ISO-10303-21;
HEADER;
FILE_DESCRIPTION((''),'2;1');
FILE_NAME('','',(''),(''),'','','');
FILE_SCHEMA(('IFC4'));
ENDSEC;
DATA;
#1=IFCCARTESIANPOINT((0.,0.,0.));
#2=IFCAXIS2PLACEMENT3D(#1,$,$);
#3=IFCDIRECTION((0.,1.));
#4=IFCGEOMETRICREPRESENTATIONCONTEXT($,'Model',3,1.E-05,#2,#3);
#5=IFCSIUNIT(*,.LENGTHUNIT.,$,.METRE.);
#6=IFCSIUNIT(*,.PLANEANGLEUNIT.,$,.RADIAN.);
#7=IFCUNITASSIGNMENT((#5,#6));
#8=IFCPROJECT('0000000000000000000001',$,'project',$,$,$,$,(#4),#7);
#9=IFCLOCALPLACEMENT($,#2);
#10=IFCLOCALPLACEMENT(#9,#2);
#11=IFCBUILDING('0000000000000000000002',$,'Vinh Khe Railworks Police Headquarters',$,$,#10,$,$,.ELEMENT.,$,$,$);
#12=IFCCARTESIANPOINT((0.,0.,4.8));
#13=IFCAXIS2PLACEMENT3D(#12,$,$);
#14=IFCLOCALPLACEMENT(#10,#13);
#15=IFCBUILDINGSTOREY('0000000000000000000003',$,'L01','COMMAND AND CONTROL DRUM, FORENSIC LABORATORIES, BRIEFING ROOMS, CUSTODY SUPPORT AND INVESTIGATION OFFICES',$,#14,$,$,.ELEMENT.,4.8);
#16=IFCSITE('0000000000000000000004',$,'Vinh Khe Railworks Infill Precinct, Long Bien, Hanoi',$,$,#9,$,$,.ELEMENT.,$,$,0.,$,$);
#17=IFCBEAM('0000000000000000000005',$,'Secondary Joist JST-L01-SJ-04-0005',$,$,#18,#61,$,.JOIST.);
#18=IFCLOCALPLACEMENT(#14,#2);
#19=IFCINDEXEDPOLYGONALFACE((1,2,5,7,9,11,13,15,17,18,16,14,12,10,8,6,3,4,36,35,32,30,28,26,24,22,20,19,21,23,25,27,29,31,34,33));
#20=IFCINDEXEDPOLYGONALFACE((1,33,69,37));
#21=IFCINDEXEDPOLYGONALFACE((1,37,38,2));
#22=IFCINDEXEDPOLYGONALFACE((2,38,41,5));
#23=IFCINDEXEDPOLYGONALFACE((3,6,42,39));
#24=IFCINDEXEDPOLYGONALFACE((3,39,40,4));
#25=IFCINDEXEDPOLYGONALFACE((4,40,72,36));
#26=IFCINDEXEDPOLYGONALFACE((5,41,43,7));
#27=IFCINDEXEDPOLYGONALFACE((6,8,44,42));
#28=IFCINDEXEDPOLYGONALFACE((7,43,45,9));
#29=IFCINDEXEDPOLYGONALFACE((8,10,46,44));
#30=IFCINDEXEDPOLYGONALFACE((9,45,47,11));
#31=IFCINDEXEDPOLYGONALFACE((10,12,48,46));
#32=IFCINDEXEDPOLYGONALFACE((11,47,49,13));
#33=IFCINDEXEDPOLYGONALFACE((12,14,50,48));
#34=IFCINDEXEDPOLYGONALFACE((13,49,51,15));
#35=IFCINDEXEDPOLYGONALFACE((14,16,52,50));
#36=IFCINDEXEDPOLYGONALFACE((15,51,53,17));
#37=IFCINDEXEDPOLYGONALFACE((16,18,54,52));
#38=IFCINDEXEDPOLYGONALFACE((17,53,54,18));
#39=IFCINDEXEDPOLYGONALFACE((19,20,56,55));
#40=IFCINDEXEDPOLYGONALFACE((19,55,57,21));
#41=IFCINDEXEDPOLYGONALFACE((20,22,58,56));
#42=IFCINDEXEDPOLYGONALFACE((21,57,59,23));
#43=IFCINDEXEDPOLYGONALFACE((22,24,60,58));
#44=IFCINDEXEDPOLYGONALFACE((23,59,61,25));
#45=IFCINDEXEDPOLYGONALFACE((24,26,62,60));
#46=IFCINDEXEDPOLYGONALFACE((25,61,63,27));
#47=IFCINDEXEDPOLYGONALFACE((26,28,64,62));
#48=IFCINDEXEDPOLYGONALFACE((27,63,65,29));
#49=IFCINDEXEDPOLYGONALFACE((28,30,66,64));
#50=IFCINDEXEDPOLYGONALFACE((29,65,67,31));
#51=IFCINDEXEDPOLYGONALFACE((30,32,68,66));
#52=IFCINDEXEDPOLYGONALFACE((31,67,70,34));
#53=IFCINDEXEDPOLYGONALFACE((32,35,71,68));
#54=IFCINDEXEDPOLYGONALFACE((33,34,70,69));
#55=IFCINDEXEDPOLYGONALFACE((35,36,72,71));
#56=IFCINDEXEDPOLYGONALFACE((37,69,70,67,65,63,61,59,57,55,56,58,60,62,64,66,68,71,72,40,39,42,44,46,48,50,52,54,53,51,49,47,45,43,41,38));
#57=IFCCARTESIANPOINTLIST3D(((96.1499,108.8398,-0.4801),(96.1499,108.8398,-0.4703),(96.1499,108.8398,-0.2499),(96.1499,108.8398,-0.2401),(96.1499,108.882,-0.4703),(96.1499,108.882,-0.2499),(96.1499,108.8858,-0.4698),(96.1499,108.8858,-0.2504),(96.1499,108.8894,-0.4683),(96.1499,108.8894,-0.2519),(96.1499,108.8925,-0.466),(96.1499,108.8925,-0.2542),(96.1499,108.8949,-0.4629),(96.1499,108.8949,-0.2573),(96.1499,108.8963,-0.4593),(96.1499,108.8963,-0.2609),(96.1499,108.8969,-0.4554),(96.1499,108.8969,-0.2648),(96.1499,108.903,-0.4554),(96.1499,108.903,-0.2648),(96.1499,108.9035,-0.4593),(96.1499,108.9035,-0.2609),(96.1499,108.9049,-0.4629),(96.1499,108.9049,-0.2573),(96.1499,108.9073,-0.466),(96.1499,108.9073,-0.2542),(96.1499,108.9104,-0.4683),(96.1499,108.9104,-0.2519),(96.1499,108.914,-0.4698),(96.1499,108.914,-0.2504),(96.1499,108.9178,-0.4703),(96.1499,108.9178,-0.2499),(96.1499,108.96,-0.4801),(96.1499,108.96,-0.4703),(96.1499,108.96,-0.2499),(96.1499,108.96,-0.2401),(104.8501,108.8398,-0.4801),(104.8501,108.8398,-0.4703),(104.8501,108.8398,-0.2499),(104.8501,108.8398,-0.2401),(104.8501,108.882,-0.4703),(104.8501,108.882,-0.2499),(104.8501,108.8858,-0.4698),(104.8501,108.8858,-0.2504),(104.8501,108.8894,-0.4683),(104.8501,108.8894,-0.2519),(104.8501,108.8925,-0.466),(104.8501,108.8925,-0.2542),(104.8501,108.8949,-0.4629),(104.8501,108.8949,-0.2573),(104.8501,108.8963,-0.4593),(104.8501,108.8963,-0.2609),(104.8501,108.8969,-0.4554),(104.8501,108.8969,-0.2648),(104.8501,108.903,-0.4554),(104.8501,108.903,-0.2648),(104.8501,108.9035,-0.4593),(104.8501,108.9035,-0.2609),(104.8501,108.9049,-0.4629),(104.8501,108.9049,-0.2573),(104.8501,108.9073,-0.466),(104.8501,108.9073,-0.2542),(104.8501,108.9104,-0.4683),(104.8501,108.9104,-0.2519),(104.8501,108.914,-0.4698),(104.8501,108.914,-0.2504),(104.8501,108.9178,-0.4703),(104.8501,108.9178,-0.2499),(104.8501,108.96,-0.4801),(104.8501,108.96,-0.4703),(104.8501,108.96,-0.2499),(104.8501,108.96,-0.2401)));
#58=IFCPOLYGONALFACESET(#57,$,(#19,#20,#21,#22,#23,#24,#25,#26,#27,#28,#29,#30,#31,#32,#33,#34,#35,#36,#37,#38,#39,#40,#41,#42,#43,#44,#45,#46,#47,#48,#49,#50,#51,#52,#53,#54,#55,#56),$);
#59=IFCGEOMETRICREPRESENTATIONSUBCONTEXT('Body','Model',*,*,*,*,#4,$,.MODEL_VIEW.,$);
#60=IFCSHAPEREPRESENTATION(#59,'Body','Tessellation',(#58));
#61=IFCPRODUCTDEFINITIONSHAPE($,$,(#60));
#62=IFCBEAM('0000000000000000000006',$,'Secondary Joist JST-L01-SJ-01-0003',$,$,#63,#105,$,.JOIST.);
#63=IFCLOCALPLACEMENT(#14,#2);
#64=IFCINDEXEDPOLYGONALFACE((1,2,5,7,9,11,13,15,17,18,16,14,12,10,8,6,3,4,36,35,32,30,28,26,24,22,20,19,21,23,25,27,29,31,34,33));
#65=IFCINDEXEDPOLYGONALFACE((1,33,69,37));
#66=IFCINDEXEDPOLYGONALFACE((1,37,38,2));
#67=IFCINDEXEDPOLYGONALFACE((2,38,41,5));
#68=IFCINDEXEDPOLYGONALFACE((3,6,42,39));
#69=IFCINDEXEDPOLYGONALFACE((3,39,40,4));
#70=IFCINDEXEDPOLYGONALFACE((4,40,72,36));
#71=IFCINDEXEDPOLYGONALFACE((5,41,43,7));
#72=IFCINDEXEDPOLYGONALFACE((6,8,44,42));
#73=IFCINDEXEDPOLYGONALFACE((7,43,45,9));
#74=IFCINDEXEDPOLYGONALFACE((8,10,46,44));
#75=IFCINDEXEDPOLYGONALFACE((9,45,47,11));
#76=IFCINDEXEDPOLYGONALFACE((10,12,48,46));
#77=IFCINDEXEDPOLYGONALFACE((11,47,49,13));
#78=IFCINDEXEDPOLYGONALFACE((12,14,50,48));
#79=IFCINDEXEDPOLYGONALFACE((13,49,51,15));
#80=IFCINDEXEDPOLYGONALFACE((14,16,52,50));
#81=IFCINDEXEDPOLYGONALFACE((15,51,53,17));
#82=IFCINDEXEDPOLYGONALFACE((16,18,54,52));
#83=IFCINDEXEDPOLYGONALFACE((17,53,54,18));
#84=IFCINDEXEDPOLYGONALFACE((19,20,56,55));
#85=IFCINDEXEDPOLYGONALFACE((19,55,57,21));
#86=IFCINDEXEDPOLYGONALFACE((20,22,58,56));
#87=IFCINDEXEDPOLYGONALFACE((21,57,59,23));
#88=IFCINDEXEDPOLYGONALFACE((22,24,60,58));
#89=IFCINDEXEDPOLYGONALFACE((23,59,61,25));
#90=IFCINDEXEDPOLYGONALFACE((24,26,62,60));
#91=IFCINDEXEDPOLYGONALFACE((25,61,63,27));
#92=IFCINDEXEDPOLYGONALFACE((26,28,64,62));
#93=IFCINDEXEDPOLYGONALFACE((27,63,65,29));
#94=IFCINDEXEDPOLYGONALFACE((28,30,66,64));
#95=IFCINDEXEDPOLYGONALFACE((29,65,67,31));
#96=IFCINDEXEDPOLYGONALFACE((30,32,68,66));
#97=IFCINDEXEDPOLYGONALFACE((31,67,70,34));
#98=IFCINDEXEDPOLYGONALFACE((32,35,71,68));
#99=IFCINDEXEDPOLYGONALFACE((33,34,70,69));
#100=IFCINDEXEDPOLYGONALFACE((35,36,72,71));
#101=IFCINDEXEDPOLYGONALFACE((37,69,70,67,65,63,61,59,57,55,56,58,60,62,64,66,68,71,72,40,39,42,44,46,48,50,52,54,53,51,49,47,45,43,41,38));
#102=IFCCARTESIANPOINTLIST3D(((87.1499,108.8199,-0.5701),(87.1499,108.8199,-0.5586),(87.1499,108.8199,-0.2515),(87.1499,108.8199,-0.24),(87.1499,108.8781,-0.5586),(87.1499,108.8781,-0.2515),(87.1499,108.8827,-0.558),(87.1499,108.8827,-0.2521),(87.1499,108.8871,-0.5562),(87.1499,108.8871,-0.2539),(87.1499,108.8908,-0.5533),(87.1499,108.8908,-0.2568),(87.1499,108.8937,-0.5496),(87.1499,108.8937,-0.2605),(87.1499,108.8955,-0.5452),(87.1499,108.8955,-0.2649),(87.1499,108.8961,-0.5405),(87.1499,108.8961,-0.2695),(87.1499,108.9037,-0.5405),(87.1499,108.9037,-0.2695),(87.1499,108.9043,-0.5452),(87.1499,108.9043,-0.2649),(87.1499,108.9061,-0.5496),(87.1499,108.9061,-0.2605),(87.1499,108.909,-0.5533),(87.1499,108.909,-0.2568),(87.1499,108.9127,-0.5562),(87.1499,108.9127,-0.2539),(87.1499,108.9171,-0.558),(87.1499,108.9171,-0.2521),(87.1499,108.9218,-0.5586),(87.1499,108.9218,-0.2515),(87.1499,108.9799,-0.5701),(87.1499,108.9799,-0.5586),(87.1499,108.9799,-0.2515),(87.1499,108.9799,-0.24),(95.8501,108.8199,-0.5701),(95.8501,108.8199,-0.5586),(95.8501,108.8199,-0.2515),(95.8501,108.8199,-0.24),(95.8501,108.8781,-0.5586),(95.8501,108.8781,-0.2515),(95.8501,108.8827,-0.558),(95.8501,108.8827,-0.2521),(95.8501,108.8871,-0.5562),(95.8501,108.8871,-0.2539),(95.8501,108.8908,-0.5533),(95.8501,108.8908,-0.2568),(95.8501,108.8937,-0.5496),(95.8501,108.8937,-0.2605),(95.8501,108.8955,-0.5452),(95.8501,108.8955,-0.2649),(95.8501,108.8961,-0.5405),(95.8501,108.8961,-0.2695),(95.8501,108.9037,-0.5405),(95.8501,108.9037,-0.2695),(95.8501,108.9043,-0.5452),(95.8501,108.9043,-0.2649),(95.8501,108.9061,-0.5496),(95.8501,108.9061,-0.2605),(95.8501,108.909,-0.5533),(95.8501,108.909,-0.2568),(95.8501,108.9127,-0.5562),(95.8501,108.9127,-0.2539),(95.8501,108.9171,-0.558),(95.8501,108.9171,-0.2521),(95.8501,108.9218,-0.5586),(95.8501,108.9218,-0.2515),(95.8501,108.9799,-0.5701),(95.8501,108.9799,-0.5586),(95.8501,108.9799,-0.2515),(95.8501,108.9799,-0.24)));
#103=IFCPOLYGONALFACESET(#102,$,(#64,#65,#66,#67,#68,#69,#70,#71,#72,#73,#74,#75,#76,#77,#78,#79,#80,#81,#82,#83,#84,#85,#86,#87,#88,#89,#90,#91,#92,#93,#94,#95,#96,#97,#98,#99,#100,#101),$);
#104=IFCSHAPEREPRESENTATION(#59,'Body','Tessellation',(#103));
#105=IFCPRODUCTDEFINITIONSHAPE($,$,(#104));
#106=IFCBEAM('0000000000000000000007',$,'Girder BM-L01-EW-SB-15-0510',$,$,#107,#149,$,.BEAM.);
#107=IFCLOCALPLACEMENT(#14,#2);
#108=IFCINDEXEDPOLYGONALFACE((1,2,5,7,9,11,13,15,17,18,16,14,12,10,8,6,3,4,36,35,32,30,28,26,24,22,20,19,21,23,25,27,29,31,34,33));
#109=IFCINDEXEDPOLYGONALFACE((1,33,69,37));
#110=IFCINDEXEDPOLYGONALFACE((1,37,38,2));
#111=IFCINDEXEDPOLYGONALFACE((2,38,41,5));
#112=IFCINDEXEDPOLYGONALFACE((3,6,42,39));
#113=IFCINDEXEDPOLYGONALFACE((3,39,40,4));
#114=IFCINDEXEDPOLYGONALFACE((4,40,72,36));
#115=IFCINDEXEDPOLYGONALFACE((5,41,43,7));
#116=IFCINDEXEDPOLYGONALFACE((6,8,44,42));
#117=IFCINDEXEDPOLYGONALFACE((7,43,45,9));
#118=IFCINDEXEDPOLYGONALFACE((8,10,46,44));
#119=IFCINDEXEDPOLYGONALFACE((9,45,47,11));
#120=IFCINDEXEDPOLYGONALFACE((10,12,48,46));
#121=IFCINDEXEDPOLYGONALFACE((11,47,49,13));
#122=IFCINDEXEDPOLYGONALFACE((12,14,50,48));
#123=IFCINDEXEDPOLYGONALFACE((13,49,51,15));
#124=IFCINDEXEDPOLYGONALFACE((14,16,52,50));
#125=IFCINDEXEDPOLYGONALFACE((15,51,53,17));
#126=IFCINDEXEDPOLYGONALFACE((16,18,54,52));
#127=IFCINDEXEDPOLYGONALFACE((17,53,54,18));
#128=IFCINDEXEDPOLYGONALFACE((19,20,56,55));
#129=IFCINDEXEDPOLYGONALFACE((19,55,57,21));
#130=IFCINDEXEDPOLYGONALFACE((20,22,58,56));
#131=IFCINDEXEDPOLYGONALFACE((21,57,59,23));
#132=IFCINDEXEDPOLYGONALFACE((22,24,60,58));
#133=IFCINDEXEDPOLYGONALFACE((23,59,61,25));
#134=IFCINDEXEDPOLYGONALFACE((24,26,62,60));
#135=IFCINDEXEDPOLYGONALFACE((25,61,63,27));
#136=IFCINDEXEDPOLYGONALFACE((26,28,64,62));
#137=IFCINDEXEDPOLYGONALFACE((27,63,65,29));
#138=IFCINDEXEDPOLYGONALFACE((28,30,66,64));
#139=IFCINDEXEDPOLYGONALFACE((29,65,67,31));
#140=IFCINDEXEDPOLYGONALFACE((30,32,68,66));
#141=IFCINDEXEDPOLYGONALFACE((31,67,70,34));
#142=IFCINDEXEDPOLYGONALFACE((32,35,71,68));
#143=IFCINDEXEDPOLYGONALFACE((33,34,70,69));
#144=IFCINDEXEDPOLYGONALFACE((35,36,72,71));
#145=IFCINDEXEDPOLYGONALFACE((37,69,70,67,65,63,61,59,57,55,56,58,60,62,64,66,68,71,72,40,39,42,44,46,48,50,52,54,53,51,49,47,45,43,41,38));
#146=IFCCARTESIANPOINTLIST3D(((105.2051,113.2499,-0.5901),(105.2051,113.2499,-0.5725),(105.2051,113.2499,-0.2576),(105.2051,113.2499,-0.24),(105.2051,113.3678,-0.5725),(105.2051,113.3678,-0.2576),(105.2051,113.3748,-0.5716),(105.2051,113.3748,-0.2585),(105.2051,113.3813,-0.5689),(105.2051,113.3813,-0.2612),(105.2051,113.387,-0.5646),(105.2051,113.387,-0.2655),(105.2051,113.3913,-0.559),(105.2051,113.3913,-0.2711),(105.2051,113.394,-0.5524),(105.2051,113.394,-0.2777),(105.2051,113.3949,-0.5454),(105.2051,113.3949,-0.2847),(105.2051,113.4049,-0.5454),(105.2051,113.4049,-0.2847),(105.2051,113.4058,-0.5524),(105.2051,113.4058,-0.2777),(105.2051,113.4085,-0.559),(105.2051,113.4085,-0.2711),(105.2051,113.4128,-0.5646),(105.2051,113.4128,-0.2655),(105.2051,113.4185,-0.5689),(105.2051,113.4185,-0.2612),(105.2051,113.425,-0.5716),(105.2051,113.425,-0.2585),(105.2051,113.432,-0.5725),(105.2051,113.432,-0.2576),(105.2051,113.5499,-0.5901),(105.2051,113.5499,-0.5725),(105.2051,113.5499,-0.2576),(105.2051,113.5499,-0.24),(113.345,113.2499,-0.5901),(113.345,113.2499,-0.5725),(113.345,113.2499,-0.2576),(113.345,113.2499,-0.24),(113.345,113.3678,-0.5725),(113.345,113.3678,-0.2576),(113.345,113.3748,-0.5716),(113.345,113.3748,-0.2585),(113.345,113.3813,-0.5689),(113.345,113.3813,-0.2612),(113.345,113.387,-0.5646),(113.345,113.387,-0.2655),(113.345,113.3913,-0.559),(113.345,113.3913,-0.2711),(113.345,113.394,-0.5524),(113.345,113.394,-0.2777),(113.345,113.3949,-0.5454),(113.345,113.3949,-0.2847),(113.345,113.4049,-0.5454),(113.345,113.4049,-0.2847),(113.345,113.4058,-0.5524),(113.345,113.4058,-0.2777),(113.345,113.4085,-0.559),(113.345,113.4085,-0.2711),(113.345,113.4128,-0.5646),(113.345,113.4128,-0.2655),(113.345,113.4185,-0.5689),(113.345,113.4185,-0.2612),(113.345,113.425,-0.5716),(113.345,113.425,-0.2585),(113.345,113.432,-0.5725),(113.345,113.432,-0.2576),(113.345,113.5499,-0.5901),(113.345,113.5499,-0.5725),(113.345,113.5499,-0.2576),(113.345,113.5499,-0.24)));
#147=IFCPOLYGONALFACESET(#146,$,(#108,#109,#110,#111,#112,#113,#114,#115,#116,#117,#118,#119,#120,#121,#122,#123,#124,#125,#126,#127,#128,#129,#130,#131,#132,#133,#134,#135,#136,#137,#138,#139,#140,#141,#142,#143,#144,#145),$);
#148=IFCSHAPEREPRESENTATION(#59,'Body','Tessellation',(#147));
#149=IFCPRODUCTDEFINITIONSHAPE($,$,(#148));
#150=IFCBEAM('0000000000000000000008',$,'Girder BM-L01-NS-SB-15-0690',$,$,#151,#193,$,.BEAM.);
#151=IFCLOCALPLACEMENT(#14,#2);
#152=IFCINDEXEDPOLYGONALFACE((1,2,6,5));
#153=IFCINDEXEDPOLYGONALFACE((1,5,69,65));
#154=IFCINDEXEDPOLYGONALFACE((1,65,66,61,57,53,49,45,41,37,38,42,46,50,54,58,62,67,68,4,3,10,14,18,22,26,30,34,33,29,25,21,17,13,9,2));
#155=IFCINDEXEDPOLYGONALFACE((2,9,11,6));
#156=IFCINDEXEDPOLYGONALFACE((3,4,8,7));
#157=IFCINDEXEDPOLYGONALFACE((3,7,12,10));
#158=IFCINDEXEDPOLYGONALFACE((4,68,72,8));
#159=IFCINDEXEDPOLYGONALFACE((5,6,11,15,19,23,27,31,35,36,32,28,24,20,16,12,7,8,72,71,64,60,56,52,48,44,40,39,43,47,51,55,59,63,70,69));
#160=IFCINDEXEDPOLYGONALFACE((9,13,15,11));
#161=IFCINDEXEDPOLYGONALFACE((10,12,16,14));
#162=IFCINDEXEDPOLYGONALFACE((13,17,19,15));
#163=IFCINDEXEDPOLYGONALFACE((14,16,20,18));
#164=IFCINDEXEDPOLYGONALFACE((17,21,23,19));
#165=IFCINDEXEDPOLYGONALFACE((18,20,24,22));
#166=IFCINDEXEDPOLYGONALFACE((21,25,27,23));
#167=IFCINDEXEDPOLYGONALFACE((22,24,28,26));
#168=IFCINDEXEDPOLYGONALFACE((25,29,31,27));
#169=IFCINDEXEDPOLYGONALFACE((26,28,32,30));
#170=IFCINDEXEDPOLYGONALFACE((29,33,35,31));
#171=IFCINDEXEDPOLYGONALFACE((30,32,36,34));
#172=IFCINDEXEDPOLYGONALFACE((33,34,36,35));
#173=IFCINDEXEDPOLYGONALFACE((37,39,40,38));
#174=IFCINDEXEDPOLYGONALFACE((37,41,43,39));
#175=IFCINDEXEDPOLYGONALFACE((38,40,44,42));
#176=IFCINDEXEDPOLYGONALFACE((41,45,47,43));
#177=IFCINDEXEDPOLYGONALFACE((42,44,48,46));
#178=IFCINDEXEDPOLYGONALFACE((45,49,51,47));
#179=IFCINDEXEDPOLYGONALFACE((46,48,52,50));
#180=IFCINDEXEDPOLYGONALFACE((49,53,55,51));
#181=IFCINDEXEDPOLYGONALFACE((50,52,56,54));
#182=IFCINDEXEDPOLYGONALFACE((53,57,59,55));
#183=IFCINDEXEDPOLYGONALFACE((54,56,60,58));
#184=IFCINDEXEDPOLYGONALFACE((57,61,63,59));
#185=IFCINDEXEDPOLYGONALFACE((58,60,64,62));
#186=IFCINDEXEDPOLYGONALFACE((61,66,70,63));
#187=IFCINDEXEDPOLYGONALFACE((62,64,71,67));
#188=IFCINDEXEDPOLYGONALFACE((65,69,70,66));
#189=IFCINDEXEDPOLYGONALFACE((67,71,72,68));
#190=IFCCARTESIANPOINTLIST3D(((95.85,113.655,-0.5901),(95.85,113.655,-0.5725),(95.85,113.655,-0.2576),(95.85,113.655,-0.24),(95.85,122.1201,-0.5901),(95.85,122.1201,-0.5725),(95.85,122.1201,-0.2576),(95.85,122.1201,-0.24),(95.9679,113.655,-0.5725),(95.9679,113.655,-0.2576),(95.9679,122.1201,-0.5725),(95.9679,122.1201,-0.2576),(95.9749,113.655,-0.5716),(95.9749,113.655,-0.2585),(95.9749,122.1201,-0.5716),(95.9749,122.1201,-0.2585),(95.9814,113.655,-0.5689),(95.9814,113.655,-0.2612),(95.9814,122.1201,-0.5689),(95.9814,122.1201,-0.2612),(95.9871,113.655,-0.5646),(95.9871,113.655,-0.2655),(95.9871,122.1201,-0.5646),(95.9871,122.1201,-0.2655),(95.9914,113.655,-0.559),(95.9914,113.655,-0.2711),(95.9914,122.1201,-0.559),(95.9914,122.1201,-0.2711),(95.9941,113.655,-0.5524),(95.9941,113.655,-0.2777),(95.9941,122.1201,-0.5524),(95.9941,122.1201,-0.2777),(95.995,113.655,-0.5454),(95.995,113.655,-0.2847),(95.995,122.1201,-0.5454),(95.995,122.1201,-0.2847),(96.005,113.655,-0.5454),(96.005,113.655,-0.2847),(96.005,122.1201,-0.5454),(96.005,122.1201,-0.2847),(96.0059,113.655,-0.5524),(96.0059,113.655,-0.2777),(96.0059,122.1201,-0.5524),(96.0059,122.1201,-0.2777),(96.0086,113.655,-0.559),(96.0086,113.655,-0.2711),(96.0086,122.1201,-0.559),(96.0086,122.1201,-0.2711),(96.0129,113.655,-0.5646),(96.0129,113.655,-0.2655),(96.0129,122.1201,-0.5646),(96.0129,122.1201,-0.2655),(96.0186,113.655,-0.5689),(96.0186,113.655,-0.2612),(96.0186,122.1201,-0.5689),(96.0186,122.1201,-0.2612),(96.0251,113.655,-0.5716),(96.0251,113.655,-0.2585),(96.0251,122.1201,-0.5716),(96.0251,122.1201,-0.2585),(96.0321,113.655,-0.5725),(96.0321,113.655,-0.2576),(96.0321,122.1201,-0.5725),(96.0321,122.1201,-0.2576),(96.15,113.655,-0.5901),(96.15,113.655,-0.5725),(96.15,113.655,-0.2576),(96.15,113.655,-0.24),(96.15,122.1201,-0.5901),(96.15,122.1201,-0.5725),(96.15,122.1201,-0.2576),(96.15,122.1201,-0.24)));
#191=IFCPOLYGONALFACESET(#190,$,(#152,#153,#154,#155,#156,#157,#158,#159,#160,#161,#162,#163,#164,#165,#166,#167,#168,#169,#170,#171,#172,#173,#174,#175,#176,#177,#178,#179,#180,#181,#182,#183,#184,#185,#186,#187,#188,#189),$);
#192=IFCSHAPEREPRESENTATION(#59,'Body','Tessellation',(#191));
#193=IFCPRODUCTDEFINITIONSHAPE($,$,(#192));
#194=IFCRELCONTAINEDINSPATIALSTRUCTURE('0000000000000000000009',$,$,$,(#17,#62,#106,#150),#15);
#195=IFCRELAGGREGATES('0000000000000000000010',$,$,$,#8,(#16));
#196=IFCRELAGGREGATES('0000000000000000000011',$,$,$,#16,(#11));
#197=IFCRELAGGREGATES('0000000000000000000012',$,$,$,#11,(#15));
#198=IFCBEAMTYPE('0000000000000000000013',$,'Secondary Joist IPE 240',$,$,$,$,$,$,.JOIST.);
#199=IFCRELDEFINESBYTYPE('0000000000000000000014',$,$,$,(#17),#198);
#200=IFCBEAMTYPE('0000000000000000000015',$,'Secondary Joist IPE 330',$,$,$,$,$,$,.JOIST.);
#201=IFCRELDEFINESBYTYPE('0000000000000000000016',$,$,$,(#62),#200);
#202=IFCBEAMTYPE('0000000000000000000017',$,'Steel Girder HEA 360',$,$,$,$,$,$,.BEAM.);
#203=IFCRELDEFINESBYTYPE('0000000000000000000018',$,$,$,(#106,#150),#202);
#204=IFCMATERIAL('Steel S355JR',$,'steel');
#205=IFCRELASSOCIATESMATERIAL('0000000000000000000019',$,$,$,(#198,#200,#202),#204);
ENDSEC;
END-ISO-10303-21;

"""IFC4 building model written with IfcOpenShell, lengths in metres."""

from ifc_helpers import new_model, si_unit, direction, frame, origin, origin_2d, place, context, subcontext, project, spatial, i_section, extrude, material, material_profile, profile_set, type_object, element, save


model = new_model("IFC4")

# Units and contexts
model_context = context("Model", 3, precision=1e-05, world=origin(), true_north=direction((0.0, 1.0)))
body_context = subcontext(model_context, "Body", "Model", "MODEL_VIEW")
ifc_project = project(units=[si_unit("LENGTHUNIT", "METRE"), si_unit("PLANEANGLEUNIT", "RADIAN")], contexts=[model_context])

# Site, building, storey
site_placement = place(None, origin())
site = spatial("IfcSite", under=ifc_project, at=site_placement, Name="Vinh Khe Railworks Infill Precinct, Long Bien, Hanoi", CompositionType="ELEMENT", RefElevation=0.0)
building_placement = place(site_placement, origin())
building = spatial("IfcBuilding", under=site, at=building_placement, Name="Vinh Khe Railworks Police Headquarters", CompositionType="ELEMENT")
storey_placement = place(building_placement, frame((0.0, 0.0, 4.8)))
storey = spatial("IfcBuildingStorey", under=building, at=storey_placement, Name="L01", Description="COMMAND AND CONTROL DRUM, FORENSIC LABORATORIES, BRIEFING ROOMS, CUSTODY SUPPORT AND INVESTIGATION OFFICES", CompositionType="ELEMENT", Elevation=4.8)

# Shared definitions
ifc_material_1 = material(Name="Steel S355JR", Category="steel")

# Beams
ifc_material_profile_1 = material_profile(ifc_material_1, i_section(OverallWidth=0.1201, OverallDepth=0.24, WebThickness=0.0061, FlangeThickness=0.0098, FilletRadius=0.0149, at=origin_2d()), Name="IPE 240")
ifc_profile_set_1 = profile_set([ifc_material_profile_1], Name="Steel S355JR")
beam_type_1 = type_object("IfcBeamType", Name="Secondary Joist IPE 240", PredefinedType="JOIST", material=ifc_profile_set_1)
beam_1_placement = place(storey_placement, frame((96.1499, 108.8999, -0.3601), z_axis=(1.0, 0.0, 0.0), x_axis=(0.0, 1.0, 0.0)))
element("IfcBeam", 1, at=beam_1_placement, inside=storey, type_object=beam_type_1, Name="Secondary Joist JST-L01-SJ-04-0005", PredefinedType="JOIST", context=body_context, shape_type="SweptSolid", body=[
    extrude(i_section(OverallWidth=0.1201, OverallDepth=0.24, WebThickness=0.0061, FlangeThickness=0.0098, FilletRadius=0.0149, at=origin_2d()), origin(), (0.0, 0.0, 1.0), 8.7002),
])
ifc_material_profile_2 = material_profile(ifc_material_1, i_section(OverallWidth=0.1599, OverallDepth=0.3301, WebThickness=0.0076, FlangeThickness=0.0115, FilletRadius=0.0181, at=origin_2d()), Name="IPE 330")
ifc_profile_set_2 = profile_set([ifc_material_profile_2], Name="Steel S355JR")
beam_type_2 = type_object("IfcBeamType", Name="Secondary Joist IPE 330", PredefinedType="JOIST", material=ifc_profile_set_2)
beam_2_placement = place(storey_placement, frame((87.1499, 108.8999, -0.405), z_axis=(1.0, 0.0, 0.0), x_axis=(0.0, 1.0, 0.0)))
element("IfcBeam", 2, at=beam_2_placement, inside=storey, type_object=beam_type_2, Name="Secondary Joist JST-L01-SJ-01-0003", PredefinedType="JOIST", context=body_context, shape_type="SweptSolid", body=[
    extrude(i_section(OverallWidth=0.1599, OverallDepth=0.3301, WebThickness=0.0076, FlangeThickness=0.0115, FilletRadius=0.0181, at=origin_2d()), origin(), (0.0, 0.0, 1.0), 8.7002),
])
ifc_material_profile_3 = material_profile(ifc_material_1, i_section(OverallWidth=0.3, OverallDepth=0.3501, WebThickness=0.01, FlangeThickness=0.0176, FilletRadius=0.0271, at=origin_2d()), Name="HEA 360")
ifc_profile_set_3 = profile_set([ifc_material_profile_3], Name="Steel S355JR")
beam_type_3 = type_object("IfcBeamType", Name="Steel Girder HEA 360", PredefinedType="BEAM", material=ifc_profile_set_3)
beam_3_placement = place(storey_placement, frame((105.2051, 113.3999, -0.415), z_axis=(1.0, 0.0, 0.0), x_axis=(0.0, 1.0, 0.0)))
element("IfcBeam", 3, at=beam_3_placement, inside=storey, type_object=beam_type_3, Name="Girder BM-L01-EW-SB-15-0510", PredefinedType="BEAM", context=body_context, shape_type="SweptSolid", body=[
    extrude(i_section(OverallWidth=0.3, OverallDepth=0.3501, WebThickness=0.01, FlangeThickness=0.0176, FilletRadius=0.0271, at=origin_2d()), origin(), (0.0, 0.0, 1.0), 8.1399),
])
beam_4_placement = place(storey_placement, frame((96.0, 113.655, -0.415), z_axis=(0.0, 1.0, 0.0), x_axis=(-1.0, 0.0, 0.0)))
element("IfcBeam", 4, at=beam_4_placement, inside=storey, type_object=beam_type_3, Name="Girder BM-L01-NS-SB-15-0690", PredefinedType="BEAM", context=body_context, shape_type="SweptSolid", body=[
    extrude(i_section(OverallWidth=0.3, OverallDepth=0.3501, WebThickness=0.01, FlangeThickness=0.0176, FilletRadius=0.0271, at=origin_2d()), origin(), (0.0, 0.0, 1.0), 8.4651),
])

save(model, "model.ifc")
